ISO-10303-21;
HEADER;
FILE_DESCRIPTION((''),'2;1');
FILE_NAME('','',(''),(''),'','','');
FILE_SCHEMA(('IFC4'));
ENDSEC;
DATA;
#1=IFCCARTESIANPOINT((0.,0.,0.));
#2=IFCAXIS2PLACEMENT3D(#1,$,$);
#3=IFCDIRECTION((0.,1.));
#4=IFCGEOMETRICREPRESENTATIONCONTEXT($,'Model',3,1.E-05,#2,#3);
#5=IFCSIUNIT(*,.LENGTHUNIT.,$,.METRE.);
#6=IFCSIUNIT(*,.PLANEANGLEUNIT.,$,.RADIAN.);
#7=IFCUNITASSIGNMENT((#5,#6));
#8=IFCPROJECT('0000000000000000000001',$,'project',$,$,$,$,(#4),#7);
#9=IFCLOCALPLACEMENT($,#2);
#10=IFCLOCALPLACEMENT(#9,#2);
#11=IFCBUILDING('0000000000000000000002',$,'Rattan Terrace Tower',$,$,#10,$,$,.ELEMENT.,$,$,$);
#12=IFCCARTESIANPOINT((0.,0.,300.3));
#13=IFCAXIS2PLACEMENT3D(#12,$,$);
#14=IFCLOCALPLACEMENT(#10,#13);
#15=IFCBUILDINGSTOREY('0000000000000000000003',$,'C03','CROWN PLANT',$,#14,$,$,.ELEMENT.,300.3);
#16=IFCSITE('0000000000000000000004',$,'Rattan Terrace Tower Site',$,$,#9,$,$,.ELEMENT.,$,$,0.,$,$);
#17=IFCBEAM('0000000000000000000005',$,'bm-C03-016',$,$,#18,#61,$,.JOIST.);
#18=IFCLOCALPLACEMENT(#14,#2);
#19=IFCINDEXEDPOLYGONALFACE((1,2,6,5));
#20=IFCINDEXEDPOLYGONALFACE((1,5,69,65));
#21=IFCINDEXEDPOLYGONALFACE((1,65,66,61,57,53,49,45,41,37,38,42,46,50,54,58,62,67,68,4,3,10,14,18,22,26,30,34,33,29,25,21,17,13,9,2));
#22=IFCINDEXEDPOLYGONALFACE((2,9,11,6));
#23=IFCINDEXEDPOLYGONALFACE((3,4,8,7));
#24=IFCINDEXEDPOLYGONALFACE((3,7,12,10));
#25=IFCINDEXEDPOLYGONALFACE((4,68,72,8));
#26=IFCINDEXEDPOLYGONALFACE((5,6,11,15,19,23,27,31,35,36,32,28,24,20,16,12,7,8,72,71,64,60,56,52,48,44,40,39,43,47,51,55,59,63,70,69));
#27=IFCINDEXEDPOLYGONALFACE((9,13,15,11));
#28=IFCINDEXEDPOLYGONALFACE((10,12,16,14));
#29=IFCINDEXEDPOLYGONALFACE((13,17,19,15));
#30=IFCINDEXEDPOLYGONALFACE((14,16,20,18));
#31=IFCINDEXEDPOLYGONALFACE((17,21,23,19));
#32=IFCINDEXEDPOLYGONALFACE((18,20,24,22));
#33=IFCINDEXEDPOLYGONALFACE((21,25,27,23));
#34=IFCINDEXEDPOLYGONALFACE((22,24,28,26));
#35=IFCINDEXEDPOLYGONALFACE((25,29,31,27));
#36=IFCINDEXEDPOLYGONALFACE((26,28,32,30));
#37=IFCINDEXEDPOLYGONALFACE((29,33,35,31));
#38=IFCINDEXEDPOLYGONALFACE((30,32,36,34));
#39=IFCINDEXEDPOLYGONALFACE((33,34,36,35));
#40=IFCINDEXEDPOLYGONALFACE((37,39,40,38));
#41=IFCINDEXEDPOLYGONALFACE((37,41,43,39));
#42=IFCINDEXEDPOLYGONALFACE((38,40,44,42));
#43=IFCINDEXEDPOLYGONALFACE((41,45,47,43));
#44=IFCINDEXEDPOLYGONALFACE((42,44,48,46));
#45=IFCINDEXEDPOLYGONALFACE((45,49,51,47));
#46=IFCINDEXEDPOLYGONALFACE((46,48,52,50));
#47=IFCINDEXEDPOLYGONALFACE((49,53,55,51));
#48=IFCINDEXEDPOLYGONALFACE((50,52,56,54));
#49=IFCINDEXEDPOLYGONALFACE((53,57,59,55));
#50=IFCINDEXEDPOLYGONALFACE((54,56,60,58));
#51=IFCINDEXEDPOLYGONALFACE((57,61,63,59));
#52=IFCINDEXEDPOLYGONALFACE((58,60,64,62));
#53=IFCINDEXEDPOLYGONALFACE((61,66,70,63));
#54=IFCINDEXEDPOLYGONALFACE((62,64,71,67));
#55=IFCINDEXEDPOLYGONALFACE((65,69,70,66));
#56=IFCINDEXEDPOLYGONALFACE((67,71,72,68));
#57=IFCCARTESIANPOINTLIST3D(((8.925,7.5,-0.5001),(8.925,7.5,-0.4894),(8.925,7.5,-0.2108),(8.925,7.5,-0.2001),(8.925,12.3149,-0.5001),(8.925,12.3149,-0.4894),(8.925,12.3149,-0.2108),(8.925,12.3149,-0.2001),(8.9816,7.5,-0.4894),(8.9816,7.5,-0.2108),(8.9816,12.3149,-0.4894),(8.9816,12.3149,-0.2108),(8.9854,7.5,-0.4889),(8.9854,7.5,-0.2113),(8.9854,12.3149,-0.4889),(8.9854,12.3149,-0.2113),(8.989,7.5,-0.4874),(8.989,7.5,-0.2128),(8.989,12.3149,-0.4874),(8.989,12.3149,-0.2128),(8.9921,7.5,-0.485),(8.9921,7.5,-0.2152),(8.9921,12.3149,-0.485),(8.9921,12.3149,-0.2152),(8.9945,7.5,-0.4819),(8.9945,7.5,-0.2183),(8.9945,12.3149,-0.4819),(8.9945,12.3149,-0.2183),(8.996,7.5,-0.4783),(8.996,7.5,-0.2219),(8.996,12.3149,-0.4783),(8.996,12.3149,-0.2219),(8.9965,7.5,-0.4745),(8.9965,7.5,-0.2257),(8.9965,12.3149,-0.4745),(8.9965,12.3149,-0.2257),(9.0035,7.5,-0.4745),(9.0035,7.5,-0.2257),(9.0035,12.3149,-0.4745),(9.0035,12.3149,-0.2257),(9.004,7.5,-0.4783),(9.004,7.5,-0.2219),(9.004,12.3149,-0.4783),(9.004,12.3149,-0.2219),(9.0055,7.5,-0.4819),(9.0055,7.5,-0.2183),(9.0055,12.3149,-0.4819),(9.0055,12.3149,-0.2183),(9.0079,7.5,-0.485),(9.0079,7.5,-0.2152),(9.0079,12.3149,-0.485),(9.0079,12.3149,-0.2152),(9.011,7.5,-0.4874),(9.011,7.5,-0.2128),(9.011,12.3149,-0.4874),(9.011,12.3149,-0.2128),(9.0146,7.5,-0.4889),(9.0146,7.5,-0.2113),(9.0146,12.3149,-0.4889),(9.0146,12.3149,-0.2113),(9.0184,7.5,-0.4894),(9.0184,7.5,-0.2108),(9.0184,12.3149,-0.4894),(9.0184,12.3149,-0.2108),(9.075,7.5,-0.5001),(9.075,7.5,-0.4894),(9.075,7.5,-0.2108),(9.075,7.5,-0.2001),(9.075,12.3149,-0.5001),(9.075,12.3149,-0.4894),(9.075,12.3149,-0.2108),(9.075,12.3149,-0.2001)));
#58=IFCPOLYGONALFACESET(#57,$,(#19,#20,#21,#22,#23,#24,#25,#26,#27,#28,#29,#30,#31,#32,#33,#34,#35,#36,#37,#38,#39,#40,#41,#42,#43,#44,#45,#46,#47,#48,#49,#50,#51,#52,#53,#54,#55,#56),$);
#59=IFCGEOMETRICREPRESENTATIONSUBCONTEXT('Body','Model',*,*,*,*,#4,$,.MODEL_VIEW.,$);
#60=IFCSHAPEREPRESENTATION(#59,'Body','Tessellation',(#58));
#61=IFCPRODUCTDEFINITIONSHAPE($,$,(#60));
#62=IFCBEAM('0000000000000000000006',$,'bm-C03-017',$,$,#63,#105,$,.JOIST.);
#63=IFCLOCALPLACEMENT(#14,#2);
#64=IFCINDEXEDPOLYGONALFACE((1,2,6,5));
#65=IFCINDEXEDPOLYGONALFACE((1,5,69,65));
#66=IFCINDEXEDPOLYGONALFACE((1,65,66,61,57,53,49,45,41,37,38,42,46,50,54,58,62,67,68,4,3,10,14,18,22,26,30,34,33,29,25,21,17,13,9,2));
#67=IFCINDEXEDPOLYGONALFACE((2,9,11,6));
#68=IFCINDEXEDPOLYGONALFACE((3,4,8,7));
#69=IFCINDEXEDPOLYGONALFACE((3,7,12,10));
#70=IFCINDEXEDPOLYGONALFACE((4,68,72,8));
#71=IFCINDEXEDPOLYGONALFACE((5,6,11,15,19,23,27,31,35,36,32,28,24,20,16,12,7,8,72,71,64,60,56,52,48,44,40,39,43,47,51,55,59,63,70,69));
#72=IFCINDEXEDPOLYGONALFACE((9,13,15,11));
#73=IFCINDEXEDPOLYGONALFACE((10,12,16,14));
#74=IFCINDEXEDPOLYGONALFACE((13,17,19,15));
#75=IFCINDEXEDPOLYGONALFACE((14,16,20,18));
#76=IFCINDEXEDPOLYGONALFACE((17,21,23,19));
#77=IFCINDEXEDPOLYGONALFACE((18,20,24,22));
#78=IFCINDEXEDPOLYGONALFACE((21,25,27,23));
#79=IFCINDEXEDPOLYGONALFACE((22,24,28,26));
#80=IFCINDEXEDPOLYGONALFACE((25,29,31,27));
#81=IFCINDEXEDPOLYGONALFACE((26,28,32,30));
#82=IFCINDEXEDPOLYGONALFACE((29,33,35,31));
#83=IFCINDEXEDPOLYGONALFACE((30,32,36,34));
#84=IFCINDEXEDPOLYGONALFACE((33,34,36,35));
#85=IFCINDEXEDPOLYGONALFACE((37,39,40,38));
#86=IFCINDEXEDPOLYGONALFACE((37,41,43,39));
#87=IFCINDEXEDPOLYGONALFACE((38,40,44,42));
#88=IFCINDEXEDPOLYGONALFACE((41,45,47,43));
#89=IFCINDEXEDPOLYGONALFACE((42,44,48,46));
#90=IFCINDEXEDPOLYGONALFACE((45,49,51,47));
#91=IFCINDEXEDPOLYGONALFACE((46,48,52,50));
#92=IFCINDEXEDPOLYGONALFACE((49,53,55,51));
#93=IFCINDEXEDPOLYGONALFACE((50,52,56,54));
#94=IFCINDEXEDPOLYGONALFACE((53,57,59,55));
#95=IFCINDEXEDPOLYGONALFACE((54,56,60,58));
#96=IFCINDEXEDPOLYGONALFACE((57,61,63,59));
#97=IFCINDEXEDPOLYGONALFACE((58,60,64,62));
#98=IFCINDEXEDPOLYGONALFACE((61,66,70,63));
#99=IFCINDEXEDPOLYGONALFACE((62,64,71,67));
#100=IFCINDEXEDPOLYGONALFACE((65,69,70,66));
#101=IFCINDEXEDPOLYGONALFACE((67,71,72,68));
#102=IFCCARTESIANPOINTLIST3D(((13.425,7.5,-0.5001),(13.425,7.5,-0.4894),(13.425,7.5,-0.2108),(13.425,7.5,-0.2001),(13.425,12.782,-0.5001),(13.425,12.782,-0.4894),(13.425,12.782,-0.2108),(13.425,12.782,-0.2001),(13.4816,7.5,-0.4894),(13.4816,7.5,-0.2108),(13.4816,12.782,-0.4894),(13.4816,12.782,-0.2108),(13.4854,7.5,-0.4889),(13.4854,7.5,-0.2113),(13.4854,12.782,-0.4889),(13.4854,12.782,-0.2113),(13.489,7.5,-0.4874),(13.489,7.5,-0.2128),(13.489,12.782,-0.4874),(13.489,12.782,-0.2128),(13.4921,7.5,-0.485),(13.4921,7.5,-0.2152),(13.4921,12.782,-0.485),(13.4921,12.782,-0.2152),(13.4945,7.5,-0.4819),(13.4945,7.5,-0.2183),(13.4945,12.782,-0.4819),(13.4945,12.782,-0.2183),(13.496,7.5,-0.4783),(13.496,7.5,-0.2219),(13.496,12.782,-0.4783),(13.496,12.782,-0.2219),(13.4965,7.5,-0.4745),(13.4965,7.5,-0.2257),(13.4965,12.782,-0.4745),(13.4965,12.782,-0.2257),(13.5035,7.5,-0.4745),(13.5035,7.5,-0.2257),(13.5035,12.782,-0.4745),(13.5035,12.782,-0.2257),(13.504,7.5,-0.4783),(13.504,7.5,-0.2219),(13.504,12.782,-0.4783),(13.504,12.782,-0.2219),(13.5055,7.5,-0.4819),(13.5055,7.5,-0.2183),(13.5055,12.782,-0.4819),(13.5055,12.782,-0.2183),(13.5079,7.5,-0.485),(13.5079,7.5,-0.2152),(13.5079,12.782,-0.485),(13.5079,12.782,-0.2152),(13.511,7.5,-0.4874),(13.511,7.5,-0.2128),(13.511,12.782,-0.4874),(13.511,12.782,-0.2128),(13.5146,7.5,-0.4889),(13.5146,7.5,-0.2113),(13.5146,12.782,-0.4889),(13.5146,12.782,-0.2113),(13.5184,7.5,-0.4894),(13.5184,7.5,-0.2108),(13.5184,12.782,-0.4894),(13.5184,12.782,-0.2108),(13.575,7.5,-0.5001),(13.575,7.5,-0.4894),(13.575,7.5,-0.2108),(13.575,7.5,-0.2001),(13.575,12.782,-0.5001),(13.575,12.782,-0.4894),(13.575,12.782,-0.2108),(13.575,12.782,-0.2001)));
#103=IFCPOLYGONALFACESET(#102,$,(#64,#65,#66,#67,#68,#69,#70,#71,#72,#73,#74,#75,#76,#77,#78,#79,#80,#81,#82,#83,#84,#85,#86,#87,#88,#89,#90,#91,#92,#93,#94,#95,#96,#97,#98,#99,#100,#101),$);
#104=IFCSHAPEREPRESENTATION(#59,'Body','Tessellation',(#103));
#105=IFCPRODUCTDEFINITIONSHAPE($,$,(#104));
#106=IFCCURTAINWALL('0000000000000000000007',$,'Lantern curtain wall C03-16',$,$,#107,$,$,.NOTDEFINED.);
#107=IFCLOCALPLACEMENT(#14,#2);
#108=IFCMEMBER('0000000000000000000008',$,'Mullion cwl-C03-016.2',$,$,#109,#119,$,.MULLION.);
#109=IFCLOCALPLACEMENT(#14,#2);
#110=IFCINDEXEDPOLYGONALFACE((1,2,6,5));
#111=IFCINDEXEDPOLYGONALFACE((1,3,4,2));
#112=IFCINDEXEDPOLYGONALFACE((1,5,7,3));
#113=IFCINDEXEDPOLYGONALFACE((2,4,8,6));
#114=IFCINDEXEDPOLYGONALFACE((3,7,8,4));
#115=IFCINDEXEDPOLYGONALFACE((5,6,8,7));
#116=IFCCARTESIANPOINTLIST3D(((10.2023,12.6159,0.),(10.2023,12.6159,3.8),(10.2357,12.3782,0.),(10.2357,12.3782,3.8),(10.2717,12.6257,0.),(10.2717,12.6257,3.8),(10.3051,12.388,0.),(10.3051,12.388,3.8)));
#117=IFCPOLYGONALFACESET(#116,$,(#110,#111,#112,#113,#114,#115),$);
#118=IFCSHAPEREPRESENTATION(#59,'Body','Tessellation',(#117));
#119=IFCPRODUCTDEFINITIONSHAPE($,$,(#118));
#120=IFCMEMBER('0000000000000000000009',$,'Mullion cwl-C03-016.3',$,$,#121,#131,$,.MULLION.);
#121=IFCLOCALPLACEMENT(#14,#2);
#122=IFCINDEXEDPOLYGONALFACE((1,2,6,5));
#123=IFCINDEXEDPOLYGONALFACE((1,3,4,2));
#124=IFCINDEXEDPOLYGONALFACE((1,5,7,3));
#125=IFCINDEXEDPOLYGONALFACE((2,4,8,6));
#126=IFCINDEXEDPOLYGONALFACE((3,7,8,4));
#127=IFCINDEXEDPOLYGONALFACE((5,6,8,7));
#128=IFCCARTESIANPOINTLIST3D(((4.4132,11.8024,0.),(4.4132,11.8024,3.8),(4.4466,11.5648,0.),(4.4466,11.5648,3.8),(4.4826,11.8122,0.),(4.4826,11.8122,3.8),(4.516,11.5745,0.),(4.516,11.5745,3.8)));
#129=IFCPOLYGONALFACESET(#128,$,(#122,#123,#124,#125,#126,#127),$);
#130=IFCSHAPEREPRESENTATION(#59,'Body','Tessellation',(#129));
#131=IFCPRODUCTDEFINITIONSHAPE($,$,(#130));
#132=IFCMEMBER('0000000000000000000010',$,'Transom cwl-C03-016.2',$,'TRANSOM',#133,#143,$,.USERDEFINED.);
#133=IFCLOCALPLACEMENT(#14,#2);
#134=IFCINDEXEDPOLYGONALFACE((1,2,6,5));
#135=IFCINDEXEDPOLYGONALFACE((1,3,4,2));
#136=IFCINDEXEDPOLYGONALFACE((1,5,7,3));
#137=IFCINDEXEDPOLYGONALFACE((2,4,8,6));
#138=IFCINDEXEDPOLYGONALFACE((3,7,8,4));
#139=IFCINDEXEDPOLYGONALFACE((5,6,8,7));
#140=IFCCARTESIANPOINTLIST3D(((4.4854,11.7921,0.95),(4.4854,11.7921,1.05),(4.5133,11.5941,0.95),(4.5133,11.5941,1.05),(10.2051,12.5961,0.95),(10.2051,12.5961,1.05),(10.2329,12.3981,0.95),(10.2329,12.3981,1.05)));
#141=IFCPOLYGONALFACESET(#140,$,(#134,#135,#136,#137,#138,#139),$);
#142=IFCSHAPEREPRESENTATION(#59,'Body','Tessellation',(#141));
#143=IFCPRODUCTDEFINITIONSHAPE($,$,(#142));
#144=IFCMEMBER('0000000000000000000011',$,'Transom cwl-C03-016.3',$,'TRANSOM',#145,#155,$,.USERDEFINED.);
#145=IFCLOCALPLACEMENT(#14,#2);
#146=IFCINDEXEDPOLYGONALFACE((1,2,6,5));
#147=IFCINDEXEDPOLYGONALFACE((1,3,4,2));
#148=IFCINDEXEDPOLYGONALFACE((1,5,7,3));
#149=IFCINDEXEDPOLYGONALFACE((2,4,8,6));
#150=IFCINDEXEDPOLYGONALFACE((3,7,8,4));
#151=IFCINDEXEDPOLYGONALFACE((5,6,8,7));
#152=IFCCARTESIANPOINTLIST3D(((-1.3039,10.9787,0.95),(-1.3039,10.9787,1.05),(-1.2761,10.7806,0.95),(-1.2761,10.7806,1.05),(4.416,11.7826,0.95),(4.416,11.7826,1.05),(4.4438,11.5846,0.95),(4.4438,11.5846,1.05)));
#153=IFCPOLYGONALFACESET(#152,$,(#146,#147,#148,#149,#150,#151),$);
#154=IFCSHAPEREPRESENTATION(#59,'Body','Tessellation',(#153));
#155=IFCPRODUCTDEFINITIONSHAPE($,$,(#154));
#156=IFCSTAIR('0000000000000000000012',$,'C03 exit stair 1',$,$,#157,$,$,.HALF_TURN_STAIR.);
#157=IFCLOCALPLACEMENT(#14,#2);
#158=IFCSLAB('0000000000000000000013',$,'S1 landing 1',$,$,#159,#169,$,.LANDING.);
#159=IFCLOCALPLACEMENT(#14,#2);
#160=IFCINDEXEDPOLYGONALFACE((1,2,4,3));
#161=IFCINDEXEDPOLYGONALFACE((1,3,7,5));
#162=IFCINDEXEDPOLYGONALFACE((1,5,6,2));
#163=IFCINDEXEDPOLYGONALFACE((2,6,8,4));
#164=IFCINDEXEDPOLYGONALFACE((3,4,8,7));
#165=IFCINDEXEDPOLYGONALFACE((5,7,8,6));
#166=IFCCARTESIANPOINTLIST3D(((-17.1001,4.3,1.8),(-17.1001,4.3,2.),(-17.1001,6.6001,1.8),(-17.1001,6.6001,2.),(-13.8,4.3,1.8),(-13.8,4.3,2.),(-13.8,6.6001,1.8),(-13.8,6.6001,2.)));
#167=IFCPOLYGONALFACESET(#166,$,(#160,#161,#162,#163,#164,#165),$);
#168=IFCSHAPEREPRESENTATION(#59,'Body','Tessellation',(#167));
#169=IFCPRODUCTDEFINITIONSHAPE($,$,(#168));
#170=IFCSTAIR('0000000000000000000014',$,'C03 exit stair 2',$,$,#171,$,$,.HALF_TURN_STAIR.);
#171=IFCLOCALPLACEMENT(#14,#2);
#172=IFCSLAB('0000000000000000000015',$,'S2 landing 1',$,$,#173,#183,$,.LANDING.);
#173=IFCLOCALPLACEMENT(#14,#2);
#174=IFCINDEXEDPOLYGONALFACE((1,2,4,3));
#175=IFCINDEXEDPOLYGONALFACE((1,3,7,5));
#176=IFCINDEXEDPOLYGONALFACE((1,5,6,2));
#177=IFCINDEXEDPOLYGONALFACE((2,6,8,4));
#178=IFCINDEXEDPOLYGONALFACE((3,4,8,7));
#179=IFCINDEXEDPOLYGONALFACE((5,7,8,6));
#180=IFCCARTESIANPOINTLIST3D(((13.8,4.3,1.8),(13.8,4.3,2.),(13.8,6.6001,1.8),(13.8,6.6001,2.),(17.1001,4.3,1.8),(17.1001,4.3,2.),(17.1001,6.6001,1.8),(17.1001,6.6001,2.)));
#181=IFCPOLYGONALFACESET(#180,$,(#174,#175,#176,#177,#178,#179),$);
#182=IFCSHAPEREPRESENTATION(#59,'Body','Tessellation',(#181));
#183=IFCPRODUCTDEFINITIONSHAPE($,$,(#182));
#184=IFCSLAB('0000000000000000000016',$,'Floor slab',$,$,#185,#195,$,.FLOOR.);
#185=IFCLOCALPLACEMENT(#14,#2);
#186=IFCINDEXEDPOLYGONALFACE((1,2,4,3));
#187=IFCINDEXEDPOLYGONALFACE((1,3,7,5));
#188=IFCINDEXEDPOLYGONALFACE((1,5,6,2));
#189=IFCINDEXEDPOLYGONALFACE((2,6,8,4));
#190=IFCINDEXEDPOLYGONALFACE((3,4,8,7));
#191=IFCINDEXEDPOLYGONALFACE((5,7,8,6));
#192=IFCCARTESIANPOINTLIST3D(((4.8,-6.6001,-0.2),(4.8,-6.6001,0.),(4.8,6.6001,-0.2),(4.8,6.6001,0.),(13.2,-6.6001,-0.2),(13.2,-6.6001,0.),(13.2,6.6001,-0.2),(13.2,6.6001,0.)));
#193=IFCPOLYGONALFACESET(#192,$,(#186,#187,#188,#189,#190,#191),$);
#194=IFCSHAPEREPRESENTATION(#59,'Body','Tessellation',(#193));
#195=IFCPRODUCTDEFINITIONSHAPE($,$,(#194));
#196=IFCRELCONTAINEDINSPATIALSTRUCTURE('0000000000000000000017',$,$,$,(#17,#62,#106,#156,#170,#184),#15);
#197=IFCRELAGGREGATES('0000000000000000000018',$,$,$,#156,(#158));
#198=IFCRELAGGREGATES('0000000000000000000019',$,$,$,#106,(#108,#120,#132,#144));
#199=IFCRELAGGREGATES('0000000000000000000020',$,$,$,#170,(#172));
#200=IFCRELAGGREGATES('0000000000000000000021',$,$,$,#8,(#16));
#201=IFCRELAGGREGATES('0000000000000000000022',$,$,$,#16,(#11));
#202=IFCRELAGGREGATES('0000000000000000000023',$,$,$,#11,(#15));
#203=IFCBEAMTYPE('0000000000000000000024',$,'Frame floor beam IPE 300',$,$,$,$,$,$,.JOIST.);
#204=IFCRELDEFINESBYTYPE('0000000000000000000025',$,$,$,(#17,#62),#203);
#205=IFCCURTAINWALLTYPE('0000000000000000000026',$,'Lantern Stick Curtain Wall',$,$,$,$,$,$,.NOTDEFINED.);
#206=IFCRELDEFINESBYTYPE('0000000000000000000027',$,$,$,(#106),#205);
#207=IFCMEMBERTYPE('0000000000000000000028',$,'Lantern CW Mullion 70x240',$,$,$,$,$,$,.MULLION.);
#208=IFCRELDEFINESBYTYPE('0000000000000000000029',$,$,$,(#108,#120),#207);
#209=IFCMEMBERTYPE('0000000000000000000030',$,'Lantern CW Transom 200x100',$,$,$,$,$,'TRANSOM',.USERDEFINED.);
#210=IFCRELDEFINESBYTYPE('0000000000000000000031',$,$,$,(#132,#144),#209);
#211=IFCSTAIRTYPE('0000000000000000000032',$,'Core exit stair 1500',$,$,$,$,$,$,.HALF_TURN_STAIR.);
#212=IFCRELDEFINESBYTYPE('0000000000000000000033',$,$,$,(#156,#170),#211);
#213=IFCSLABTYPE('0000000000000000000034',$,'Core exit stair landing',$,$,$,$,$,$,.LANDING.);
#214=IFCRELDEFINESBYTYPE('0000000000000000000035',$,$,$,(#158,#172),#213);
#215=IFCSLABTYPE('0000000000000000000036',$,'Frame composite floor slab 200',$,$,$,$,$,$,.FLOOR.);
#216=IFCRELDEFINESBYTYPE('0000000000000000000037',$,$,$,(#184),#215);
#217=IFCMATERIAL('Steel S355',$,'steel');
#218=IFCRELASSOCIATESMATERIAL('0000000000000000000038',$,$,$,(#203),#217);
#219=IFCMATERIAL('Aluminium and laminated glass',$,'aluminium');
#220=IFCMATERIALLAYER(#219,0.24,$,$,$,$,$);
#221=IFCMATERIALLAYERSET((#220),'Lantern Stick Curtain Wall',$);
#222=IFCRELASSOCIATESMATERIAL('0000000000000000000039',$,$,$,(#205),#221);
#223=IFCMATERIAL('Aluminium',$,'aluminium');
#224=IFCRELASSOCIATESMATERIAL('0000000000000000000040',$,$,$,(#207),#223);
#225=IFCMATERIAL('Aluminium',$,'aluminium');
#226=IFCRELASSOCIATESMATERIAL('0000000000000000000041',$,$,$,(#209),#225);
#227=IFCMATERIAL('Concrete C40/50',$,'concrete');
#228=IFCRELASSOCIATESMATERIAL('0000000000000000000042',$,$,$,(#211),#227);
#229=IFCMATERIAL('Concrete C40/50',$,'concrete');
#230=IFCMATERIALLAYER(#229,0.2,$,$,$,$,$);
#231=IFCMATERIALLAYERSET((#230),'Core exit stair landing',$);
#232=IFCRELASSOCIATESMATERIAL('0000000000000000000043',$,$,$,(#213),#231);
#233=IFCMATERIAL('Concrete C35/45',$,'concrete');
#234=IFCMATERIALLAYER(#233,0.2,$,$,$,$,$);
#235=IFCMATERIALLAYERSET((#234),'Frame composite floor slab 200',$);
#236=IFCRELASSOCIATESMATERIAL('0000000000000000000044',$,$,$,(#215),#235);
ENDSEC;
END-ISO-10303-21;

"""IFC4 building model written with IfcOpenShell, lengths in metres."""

from ifc_helpers import new_model, si_unit, direction, frame, origin, origin_2d, place, context, subcontext, project, spatial, polyline, rectangle, i_section, outline, extrude, material, layer, layer_set, material_profile, profile_set, type_object, element, aggregate, save


model = new_model("IFC4")

# Units and contexts
model_context = context("Model", 3, precision=1e-05, world=origin(), true_north=direction((0.0, 1.0)))
body_context = subcontext(model_context, "Body", "Model", "MODEL_VIEW")
ifc_project = project(units=[si_unit("LENGTHUNIT", "METRE"), si_unit("PLANEANGLEUNIT", "RADIAN")], contexts=[model_context])

# Site, building, storey
site_placement = place(None, origin())
site = spatial("IfcSite", under=ifc_project, at=site_placement, Name="Rattan Terrace Tower Site", CompositionType="ELEMENT", RefElevation=0.0)
building_placement = place(site_placement, origin())
building = spatial("IfcBuilding", under=site, at=building_placement, Name="Rattan Terrace Tower", CompositionType="ELEMENT")
storey_placement = place(building_placement, frame((0.0, 0.0, 300.3)))
storey = spatial("IfcBuildingStorey", under=building, at=storey_placement, Name="C03", Description="CROWN PLANT", CompositionType="ELEMENT", Elevation=300.3)

# Beams
ifc_material_1 = material(Name="Steel S355", Category="steel")
ifc_material_profile_1 = material_profile(ifc_material_1, i_section(OverallWidth=0.1499, OverallDepth=0.3, WebThickness=0.0071, FlangeThickness=0.0107, FilletRadius=0.0149, at=origin_2d()), Name="IPE 300")
ifc_profile_set_1 = profile_set([ifc_material_profile_1], Name="Steel S355")
beam_type_1 = type_object("IfcBeamType", Name="Frame floor beam IPE 300", PredefinedType="JOIST", material=ifc_profile_set_1)
beam_1_placement = place(storey_placement, frame((9.0, 7.5, -0.3501), z_axis=(0.0, 1.0, 0.0), x_axis=(-1.0, 0.0, 0.0)))
element("IfcBeam", 1, at=beam_1_placement, inside=storey, type_object=beam_type_1, Name="bm-C03-016", PredefinedType="JOIST", context=body_context, shape_type="SweptSolid", body=[
    extrude(i_section(OverallWidth=0.1499, OverallDepth=0.3, WebThickness=0.0071, FlangeThickness=0.0107, FilletRadius=0.0149, at=origin_2d()), origin(), (0.0, 0.0, 1.0), 4.8149),
])
beam_2_placement = place(storey_placement, frame((13.5, 7.5, -0.3501), z_axis=(0.0, 1.0, 0.0), x_axis=(-1.0, 0.0, 0.0)))
element("IfcBeam", 2, at=beam_2_placement, inside=storey, type_object=beam_type_1, Name="bm-C03-017", PredefinedType="JOIST", context=body_context, shape_type="SweptSolid", body=[
    extrude(i_section(OverallWidth=0.1499, OverallDepth=0.3, WebThickness=0.0071, FlangeThickness=0.0107, FilletRadius=0.0149, at=origin_2d()), origin(), (0.0, 0.0, 1.0), 5.282),
])

# Curtain wall, members
ifc_material_2 = material(Name="Aluminium and laminated glass", Category="aluminium")
ifc_layer_1 = layer(ifc_material_2, 0.24)
ifc_layer_set_1 = layer_set([ifc_layer_1], Name="Lantern Stick Curtain Wall")
curtain_wall_type = type_object("IfcCurtainWallType", Name="Lantern Stick Curtain Wall", PredefinedType="NOTDEFINED", material=ifc_layer_set_1)
curtain_wall_placement = place(storey_placement, origin())
curtain_wall = element("IfcCurtainWall", 3, at=curtain_wall_placement, inside=storey, type_object=curtain_wall_type, Name="Lantern curtain wall C03-16", PredefinedType="NOTDEFINED")
ifc_material_3 = material(Name="Aluminium", Category="aluminium")
ifc_material_profile_2 = material_profile(ifc_material_3, rectangle(XDim=0.0701, YDim=0.24, at=origin_2d()), Name="Aluminium 70x240")
ifc_profile_set_2 = profile_set([ifc_material_profile_2], Name="Aluminium")
member_type_1 = type_object("IfcMemberType", Name="Lantern CW Mullion 70x240", PredefinedType="MULLION", material=ifc_profile_set_2)
member_1_placement = place(storey_placement, frame((10.2537, 12.502, 0.0), z_axis=(0.0, 0.0, 1.0), x_axis=(-0.990267, -0.139181, 0.0)))
member_1 = element("IfcMember", 4, at=member_1_placement, type_object=member_type_1, Name="Mullion cwl-C03-016.2", PredefinedType="MULLION", context=body_context, shape_type="SweptSolid", body=[
    extrude(rectangle(XDim=0.0701, YDim=0.24, at=origin_2d()), origin(), (0.0, 0.0, 1.0), 3.8),
])
member_2_placement = place(storey_placement, frame((4.4646, 11.6885, 0.0), z_axis=(0.0, 0.0, 1.0), x_axis=(-0.990267, -0.139181, 0.0)))
member_2 = element("IfcMember", 5, at=member_2_placement, type_object=member_type_1, Name="Mullion cwl-C03-016.3", PredefinedType="MULLION", context=body_context, shape_type="SweptSolid", body=[
    extrude(rectangle(XDim=0.0701, YDim=0.24, at=origin_2d()), origin(), (0.0, 0.0, 1.0), 3.8),
])
ifc_material_4 = material(Name="Aluminium", Category="aluminium")
ifc_material_profile_3 = material_profile(ifc_material_4, rectangle(XDim=0.2, YDim=0.1001, at=origin_2d()), Name="Aluminium 200x100")
ifc_profile_set_3 = profile_set([ifc_material_profile_3], Name="Aluminium")
member_type_2 = type_object("IfcMemberType", Name="Lantern CW Transom 200x100", ElementType="TRANSOM", PredefinedType="USERDEFINED", material=ifc_profile_set_3)
member_3_placement = place(storey_placement, frame((10.219, 12.4971, 1.0), z_axis=(-0.990266, -0.13919, 0.0), x_axis=(0.13919, -0.990266, 0.0)))
member_3 = element("IfcMember", 6, at=member_3_placement, type_object=member_type_2, Name="Transom cwl-C03-016.2", ObjectType="TRANSOM", PredefinedType="USERDEFINED", context=body_context, shape_type="SweptSolid", body=[
    extrude(rectangle(XDim=0.2, YDim=0.1001, at=origin_2d()), origin(), (0.0, 0.0, 1.0), 5.7759),
])
member_4_placement = place(storey_placement, frame((4.4299, 11.6836, 1.0), z_axis=(-0.990267, -0.139184, 0.0), x_axis=(0.139184, -0.990267, 0.0)))
member_4 = element("IfcMember", 7, at=member_4_placement, type_object=member_type_2, Name="Transom cwl-C03-016.3", ObjectType="TRANSOM", PredefinedType="USERDEFINED", context=body_context, shape_type="SweptSolid", body=[
    extrude(rectangle(XDim=0.2, YDim=0.1001, at=origin_2d()), origin(), (0.0, 0.0, 1.0), 5.7761),
])

# Stairs, slabs
ifc_material_5 = material(Name="Concrete C40/50", Category="concrete")
stair_type = type_object("IfcStairType", Name="Core exit stair 1500", PredefinedType="HALF_TURN_STAIR", material=ifc_material_5)
stair_1_placement = place(storey_placement, origin())
stair_1 = element("IfcStair", 8, at=stair_1_placement, inside=storey, type_object=stair_type, Name="C03 exit stair 1", PredefinedType="HALF_TURN_STAIR")
ifc_material_6 = material(Name="Concrete C40/50", Category="concrete")
ifc_layer_2 = layer(ifc_material_6, 0.2)
ifc_layer_set_2 = layer_set([ifc_layer_2], Name="Core exit stair landing")
slab_type_1 = type_object("IfcSlabType", Name="Core exit stair landing", PredefinedType="LANDING", material=ifc_layer_set_2)
slab_1_placement = place(storey_placement, frame((0.0, 0.0, 1.8)))
slab_1 = element("IfcSlab", 9, at=slab_1_placement, type_object=slab_type_1, Name="S1 landing 1", PredefinedType="LANDING", context=body_context, shape_type="SweptSolid", body=[
    extrude(outline(polyline([(-13.8, 4.3), (-13.8, 6.6001), (-17.1001, 6.6001), (-17.1001, 4.3), (-13.8, 4.3)])), origin(), (0.0, 0.0, 1.0), 0.2),
])
aggregate(stair_1, [slab_1])
stair_2_placement = place(storey_placement, origin())
stair_2 = element("IfcStair", 10, at=stair_2_placement, inside=storey, type_object=stair_type, Name="C03 exit stair 2", PredefinedType="HALF_TURN_STAIR")
slab_2_placement = place(storey_placement, frame((0.0, 0.0, 1.8)))
slab_2 = element("IfcSlab", 11, at=slab_2_placement, type_object=slab_type_1, Name="S2 landing 1", PredefinedType="LANDING", context=body_context, shape_type="SweptSolid", body=[
    extrude(outline(polyline([(17.1001, 4.3), (17.1001, 6.6001), (13.8, 6.6001), (13.8, 4.3), (17.1001, 4.3)])), origin(), (0.0, 0.0, 1.0), 0.2),
])

# Slab
ifc_material_7 = material(Name="Concrete C35/45", Category="concrete")
ifc_layer_3 = layer(ifc_material_7, 0.2)
ifc_layer_set_3 = layer_set([ifc_layer_3], Name="Frame composite floor slab 200")
slab_type_2 = type_object("IfcSlabType", Name="Frame composite floor slab 200", PredefinedType="FLOOR", material=ifc_layer_set_3)
slab_3_placement = place(storey_placement, frame((0.0, 0.0, -0.2)))
element("IfcSlab", 12, at=slab_3_placement, inside=storey, type_object=slab_type_2, Name="Floor slab", PredefinedType="FLOOR", context=body_context, shape_type="SweptSolid", body=[
    extrude(outline(polyline([(4.8, -6.6001), (13.2, -6.6001), (13.2, 6.6001), (4.8, 6.6001), (4.8, -6.6001)])), origin(), (0.0, 0.0, 1.0), 0.2),
])

aggregate(curtain_wall, [member_1, member_2, member_3, member_4])

aggregate(stair_2, [slab_2])

save(model, "model.ifc")
